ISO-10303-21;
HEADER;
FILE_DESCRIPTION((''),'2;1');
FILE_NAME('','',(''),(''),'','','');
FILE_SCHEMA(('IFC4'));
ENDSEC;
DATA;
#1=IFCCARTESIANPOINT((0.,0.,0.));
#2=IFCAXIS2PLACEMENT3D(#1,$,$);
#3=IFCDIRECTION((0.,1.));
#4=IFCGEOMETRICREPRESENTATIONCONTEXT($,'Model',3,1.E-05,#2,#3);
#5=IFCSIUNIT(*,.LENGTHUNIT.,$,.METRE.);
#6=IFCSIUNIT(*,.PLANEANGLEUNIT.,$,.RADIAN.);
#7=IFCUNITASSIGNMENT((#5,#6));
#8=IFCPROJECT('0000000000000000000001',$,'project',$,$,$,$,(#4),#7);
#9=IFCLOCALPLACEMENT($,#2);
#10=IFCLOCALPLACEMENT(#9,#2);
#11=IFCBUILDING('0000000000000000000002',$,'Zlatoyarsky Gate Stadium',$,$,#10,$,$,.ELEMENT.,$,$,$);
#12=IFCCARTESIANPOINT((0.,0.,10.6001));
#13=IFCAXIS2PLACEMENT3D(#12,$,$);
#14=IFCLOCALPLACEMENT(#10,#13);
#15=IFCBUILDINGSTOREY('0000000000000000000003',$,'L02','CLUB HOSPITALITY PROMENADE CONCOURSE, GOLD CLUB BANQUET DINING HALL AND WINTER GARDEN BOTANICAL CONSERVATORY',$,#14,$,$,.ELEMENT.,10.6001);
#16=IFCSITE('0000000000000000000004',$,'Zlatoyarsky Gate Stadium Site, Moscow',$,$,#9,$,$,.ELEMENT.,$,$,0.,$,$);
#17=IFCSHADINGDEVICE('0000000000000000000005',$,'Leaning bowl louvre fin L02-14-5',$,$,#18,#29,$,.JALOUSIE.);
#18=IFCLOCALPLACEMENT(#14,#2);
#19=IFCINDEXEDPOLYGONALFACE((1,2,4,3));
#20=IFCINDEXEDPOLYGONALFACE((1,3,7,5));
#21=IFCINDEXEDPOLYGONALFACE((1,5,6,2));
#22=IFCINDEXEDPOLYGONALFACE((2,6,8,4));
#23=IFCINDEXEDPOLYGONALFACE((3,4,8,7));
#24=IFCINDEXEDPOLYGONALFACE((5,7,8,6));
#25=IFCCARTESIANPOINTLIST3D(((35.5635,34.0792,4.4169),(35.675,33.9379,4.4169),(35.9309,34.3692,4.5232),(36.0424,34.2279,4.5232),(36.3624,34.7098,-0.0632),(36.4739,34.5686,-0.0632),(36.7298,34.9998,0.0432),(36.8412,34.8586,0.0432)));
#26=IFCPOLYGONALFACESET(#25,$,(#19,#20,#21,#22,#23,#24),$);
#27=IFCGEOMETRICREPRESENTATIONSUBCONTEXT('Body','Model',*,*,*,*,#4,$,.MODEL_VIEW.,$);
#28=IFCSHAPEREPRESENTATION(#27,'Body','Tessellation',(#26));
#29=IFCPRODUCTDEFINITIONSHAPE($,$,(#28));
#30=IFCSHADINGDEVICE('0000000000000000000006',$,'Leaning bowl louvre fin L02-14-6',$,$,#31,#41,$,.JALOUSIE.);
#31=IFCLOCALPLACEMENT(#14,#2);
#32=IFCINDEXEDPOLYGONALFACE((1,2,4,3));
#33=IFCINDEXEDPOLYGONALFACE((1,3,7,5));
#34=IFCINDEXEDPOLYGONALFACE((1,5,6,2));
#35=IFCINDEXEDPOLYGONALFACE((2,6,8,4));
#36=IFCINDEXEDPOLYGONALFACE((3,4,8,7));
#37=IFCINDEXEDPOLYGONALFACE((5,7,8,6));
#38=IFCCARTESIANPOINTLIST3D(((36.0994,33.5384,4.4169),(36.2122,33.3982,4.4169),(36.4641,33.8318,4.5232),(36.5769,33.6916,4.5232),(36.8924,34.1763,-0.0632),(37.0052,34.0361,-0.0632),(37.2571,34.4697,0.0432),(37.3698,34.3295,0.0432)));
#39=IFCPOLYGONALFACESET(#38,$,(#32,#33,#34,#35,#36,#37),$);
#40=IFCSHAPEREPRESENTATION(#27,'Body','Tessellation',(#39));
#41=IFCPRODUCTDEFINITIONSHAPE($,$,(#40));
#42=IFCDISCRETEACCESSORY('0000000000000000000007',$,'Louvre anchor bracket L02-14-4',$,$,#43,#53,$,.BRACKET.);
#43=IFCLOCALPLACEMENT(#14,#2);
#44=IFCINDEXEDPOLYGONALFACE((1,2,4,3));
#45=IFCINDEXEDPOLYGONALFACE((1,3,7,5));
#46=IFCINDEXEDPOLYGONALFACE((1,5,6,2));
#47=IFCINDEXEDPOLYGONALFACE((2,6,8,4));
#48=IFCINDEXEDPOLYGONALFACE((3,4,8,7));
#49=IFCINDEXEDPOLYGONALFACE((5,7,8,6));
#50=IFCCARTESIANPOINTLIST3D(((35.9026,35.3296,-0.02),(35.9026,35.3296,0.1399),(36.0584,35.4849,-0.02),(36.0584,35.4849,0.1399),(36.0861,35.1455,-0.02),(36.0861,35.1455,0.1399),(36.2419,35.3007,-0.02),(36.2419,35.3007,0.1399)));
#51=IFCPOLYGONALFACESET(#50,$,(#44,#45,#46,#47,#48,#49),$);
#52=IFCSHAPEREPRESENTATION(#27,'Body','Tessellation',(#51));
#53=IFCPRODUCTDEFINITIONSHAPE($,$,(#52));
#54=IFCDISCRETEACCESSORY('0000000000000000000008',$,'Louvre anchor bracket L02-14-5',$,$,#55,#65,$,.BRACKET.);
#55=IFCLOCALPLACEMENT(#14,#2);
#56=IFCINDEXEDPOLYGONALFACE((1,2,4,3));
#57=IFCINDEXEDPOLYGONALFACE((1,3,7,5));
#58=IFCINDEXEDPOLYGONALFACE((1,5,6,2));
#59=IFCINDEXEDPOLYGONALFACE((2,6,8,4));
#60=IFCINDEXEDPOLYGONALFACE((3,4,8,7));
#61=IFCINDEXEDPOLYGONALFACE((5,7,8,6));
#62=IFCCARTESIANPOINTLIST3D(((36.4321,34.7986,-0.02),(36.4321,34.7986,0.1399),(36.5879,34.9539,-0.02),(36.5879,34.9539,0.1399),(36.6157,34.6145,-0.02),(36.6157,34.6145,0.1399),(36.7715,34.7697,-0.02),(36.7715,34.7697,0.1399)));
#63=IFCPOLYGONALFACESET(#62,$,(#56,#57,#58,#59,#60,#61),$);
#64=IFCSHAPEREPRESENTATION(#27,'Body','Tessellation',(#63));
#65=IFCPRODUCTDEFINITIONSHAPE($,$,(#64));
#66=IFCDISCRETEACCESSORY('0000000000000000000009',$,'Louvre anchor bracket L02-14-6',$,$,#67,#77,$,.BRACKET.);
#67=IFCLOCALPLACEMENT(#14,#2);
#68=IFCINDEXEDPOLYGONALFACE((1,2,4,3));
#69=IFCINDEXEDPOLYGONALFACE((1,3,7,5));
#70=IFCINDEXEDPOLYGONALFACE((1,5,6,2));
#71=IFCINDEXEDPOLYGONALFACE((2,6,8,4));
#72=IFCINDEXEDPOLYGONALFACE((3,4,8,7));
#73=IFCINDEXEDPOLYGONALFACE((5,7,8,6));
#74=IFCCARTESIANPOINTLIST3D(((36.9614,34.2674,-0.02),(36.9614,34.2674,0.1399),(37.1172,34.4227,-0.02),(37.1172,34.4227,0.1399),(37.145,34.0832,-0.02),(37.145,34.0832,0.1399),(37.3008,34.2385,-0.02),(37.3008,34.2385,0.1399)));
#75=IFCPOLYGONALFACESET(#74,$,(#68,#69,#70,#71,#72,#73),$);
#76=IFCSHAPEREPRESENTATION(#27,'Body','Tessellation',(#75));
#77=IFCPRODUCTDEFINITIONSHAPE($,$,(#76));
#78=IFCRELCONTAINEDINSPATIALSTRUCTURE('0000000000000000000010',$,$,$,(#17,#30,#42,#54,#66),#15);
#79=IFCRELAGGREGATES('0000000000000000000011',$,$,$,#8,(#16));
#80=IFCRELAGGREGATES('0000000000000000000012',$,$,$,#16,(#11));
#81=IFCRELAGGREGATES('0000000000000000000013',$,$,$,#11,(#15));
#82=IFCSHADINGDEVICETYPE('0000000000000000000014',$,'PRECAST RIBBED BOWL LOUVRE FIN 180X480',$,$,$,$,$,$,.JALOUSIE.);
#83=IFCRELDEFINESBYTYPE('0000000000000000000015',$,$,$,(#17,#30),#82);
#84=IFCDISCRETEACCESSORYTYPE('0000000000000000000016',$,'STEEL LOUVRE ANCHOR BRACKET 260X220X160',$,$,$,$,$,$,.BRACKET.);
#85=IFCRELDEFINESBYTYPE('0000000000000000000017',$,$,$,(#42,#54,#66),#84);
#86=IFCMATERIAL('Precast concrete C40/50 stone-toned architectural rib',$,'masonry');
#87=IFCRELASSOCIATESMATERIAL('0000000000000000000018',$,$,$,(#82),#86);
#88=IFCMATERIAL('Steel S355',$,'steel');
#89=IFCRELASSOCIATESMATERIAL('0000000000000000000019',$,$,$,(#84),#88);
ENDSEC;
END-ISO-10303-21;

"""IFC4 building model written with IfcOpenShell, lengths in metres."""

from ifc_helpers import new_model, si_unit, direction, frame, origin, origin_2d, place, context, subcontext, project, spatial, rectangle, extrude, material, material_profile, profile_set, type_object, element, save


model = new_model("IFC4")

# Units and contexts
model_context = context("Model", 3, precision=1e-05, world=origin(), true_north=direction((0.0, 1.0)))
body_context = subcontext(model_context, "Body", "Model", "MODEL_VIEW")
ifc_project = project(units=[si_unit("LENGTHUNIT", "METRE"), si_unit("PLANEANGLEUNIT", "RADIAN")], contexts=[model_context])

# Site, building, storey
site_placement = place(None, origin())
site = spatial("IfcSite", under=ifc_project, at=site_placement, Name="Zlatoyarsky Gate Stadium Site, Moscow", CompositionType="ELEMENT", RefElevation=0.0)
building_placement = place(site_placement, origin())
building = spatial("IfcBuilding", under=site, at=building_placement, Name="Zlatoyarsky Gate Stadium", CompositionType="ELEMENT")
storey_placement = place(building_placement, frame((0.0, 0.0, 10.6001)))
storey = spatial("IfcBuildingStorey", under=building, at=storey_placement, Name="L02", Description="CLUB HOSPITALITY PROMENADE CONCOURSE, GOLD CLUB BANQUET DINING HALL AND WINTER GARDEN BOTANICAL CONSERVATORY", CompositionType="ELEMENT", Elevation=10.6001)

# Shared definitions
ifc_material_1 = material(Name="Steel S355", Category="steel")

# Shading devices
ifc_material_2 = material(Name="Precast concrete C40/50 stone-toned architectural rib", Category="masonry")
ifc_material_profile_1 = material_profile(ifc_material_2, rectangle(XDim=0.1799, YDim=0.48, at=origin_2d()), Name="RIB 180X480")
ifc_profile_set_1 = profile_set([ifc_material_profile_1], Name="Precast concrete C40/50 stone-toned architectural rib")
shading_device_type = type_object("IfcShadingDeviceType", Name="PRECAST RIBBED BOWL LOUVRE FIN 180X480", PredefinedType="JALOUSIE", material=ifc_profile_set_1)
for number, where, z_axis, x_axis, name in (
    (1, (36.6018, 34.7842, -0.01), (-0.17388, -0.137265, 0.975153), (0.619621, -0.784901, 0.0), "Leaning bowl louvre fin L02-14-5"),
    (2, (37.1311, 34.2529, -0.01), (-0.172605, -0.13886, 0.975154), (0.626828, -0.779157, 0.0), "Leaning bowl louvre fin L02-14-6"),
):
    element("IfcShadingDevice", number, at=place(storey_placement, frame(where, z_axis=z_axis, x_axis=x_axis)), inside=storey, type_object=shading_device_type, Name=name, PredefinedType="JALOUSIE", context=body_context, shape_type="SweptSolid", body=[
        extrude(rectangle(XDim=0.1799, YDim=0.48, at=origin_2d()), origin(), (0.0, 0.0, 1.0), 4.5942),
    ])

# Discrete accessories
discrete_accessory_type = type_object("IfcDiscreteAccessoryType", Name="STEEL LOUVRE ANCHOR BRACKET 260X220X160", PredefinedType="BRACKET", material=ifc_material_1)
for number, where, z_axis, x_axis, name in (
    (3, (36.0723, 35.3152, -0.02), (0.0, 0.0, 1.0), (0.705937, -0.708274, 0.0), "Louvre anchor bracket L02-14-4"),
    (4, (36.6018, 34.7842, -0.02), (0.0, 0.0, 1.0), (0.705937, -0.708274, 0.0), "Louvre anchor bracket L02-14-5"),
    (5, (37.1311, 34.2529, -0.02), (0.0, 0.0, 1.0), (0.705937, -0.708274, 0.0), "Louvre anchor bracket L02-14-6"),
):
    element("IfcDiscreteAccessory", number, at=place(storey_placement, frame(where, z_axis=z_axis, x_axis=x_axis)), inside=storey, type_object=discrete_accessory_type, Name=name, PredefinedType="BRACKET", context=body_context, shape_type="SweptSolid", body=[
        extrude(rectangle(XDim=0.26, YDim=0.22, at=origin_2d()), origin(), (0.0, 0.0, 1.0), 0.1599),
    ])

save(model, "model.ifc")
